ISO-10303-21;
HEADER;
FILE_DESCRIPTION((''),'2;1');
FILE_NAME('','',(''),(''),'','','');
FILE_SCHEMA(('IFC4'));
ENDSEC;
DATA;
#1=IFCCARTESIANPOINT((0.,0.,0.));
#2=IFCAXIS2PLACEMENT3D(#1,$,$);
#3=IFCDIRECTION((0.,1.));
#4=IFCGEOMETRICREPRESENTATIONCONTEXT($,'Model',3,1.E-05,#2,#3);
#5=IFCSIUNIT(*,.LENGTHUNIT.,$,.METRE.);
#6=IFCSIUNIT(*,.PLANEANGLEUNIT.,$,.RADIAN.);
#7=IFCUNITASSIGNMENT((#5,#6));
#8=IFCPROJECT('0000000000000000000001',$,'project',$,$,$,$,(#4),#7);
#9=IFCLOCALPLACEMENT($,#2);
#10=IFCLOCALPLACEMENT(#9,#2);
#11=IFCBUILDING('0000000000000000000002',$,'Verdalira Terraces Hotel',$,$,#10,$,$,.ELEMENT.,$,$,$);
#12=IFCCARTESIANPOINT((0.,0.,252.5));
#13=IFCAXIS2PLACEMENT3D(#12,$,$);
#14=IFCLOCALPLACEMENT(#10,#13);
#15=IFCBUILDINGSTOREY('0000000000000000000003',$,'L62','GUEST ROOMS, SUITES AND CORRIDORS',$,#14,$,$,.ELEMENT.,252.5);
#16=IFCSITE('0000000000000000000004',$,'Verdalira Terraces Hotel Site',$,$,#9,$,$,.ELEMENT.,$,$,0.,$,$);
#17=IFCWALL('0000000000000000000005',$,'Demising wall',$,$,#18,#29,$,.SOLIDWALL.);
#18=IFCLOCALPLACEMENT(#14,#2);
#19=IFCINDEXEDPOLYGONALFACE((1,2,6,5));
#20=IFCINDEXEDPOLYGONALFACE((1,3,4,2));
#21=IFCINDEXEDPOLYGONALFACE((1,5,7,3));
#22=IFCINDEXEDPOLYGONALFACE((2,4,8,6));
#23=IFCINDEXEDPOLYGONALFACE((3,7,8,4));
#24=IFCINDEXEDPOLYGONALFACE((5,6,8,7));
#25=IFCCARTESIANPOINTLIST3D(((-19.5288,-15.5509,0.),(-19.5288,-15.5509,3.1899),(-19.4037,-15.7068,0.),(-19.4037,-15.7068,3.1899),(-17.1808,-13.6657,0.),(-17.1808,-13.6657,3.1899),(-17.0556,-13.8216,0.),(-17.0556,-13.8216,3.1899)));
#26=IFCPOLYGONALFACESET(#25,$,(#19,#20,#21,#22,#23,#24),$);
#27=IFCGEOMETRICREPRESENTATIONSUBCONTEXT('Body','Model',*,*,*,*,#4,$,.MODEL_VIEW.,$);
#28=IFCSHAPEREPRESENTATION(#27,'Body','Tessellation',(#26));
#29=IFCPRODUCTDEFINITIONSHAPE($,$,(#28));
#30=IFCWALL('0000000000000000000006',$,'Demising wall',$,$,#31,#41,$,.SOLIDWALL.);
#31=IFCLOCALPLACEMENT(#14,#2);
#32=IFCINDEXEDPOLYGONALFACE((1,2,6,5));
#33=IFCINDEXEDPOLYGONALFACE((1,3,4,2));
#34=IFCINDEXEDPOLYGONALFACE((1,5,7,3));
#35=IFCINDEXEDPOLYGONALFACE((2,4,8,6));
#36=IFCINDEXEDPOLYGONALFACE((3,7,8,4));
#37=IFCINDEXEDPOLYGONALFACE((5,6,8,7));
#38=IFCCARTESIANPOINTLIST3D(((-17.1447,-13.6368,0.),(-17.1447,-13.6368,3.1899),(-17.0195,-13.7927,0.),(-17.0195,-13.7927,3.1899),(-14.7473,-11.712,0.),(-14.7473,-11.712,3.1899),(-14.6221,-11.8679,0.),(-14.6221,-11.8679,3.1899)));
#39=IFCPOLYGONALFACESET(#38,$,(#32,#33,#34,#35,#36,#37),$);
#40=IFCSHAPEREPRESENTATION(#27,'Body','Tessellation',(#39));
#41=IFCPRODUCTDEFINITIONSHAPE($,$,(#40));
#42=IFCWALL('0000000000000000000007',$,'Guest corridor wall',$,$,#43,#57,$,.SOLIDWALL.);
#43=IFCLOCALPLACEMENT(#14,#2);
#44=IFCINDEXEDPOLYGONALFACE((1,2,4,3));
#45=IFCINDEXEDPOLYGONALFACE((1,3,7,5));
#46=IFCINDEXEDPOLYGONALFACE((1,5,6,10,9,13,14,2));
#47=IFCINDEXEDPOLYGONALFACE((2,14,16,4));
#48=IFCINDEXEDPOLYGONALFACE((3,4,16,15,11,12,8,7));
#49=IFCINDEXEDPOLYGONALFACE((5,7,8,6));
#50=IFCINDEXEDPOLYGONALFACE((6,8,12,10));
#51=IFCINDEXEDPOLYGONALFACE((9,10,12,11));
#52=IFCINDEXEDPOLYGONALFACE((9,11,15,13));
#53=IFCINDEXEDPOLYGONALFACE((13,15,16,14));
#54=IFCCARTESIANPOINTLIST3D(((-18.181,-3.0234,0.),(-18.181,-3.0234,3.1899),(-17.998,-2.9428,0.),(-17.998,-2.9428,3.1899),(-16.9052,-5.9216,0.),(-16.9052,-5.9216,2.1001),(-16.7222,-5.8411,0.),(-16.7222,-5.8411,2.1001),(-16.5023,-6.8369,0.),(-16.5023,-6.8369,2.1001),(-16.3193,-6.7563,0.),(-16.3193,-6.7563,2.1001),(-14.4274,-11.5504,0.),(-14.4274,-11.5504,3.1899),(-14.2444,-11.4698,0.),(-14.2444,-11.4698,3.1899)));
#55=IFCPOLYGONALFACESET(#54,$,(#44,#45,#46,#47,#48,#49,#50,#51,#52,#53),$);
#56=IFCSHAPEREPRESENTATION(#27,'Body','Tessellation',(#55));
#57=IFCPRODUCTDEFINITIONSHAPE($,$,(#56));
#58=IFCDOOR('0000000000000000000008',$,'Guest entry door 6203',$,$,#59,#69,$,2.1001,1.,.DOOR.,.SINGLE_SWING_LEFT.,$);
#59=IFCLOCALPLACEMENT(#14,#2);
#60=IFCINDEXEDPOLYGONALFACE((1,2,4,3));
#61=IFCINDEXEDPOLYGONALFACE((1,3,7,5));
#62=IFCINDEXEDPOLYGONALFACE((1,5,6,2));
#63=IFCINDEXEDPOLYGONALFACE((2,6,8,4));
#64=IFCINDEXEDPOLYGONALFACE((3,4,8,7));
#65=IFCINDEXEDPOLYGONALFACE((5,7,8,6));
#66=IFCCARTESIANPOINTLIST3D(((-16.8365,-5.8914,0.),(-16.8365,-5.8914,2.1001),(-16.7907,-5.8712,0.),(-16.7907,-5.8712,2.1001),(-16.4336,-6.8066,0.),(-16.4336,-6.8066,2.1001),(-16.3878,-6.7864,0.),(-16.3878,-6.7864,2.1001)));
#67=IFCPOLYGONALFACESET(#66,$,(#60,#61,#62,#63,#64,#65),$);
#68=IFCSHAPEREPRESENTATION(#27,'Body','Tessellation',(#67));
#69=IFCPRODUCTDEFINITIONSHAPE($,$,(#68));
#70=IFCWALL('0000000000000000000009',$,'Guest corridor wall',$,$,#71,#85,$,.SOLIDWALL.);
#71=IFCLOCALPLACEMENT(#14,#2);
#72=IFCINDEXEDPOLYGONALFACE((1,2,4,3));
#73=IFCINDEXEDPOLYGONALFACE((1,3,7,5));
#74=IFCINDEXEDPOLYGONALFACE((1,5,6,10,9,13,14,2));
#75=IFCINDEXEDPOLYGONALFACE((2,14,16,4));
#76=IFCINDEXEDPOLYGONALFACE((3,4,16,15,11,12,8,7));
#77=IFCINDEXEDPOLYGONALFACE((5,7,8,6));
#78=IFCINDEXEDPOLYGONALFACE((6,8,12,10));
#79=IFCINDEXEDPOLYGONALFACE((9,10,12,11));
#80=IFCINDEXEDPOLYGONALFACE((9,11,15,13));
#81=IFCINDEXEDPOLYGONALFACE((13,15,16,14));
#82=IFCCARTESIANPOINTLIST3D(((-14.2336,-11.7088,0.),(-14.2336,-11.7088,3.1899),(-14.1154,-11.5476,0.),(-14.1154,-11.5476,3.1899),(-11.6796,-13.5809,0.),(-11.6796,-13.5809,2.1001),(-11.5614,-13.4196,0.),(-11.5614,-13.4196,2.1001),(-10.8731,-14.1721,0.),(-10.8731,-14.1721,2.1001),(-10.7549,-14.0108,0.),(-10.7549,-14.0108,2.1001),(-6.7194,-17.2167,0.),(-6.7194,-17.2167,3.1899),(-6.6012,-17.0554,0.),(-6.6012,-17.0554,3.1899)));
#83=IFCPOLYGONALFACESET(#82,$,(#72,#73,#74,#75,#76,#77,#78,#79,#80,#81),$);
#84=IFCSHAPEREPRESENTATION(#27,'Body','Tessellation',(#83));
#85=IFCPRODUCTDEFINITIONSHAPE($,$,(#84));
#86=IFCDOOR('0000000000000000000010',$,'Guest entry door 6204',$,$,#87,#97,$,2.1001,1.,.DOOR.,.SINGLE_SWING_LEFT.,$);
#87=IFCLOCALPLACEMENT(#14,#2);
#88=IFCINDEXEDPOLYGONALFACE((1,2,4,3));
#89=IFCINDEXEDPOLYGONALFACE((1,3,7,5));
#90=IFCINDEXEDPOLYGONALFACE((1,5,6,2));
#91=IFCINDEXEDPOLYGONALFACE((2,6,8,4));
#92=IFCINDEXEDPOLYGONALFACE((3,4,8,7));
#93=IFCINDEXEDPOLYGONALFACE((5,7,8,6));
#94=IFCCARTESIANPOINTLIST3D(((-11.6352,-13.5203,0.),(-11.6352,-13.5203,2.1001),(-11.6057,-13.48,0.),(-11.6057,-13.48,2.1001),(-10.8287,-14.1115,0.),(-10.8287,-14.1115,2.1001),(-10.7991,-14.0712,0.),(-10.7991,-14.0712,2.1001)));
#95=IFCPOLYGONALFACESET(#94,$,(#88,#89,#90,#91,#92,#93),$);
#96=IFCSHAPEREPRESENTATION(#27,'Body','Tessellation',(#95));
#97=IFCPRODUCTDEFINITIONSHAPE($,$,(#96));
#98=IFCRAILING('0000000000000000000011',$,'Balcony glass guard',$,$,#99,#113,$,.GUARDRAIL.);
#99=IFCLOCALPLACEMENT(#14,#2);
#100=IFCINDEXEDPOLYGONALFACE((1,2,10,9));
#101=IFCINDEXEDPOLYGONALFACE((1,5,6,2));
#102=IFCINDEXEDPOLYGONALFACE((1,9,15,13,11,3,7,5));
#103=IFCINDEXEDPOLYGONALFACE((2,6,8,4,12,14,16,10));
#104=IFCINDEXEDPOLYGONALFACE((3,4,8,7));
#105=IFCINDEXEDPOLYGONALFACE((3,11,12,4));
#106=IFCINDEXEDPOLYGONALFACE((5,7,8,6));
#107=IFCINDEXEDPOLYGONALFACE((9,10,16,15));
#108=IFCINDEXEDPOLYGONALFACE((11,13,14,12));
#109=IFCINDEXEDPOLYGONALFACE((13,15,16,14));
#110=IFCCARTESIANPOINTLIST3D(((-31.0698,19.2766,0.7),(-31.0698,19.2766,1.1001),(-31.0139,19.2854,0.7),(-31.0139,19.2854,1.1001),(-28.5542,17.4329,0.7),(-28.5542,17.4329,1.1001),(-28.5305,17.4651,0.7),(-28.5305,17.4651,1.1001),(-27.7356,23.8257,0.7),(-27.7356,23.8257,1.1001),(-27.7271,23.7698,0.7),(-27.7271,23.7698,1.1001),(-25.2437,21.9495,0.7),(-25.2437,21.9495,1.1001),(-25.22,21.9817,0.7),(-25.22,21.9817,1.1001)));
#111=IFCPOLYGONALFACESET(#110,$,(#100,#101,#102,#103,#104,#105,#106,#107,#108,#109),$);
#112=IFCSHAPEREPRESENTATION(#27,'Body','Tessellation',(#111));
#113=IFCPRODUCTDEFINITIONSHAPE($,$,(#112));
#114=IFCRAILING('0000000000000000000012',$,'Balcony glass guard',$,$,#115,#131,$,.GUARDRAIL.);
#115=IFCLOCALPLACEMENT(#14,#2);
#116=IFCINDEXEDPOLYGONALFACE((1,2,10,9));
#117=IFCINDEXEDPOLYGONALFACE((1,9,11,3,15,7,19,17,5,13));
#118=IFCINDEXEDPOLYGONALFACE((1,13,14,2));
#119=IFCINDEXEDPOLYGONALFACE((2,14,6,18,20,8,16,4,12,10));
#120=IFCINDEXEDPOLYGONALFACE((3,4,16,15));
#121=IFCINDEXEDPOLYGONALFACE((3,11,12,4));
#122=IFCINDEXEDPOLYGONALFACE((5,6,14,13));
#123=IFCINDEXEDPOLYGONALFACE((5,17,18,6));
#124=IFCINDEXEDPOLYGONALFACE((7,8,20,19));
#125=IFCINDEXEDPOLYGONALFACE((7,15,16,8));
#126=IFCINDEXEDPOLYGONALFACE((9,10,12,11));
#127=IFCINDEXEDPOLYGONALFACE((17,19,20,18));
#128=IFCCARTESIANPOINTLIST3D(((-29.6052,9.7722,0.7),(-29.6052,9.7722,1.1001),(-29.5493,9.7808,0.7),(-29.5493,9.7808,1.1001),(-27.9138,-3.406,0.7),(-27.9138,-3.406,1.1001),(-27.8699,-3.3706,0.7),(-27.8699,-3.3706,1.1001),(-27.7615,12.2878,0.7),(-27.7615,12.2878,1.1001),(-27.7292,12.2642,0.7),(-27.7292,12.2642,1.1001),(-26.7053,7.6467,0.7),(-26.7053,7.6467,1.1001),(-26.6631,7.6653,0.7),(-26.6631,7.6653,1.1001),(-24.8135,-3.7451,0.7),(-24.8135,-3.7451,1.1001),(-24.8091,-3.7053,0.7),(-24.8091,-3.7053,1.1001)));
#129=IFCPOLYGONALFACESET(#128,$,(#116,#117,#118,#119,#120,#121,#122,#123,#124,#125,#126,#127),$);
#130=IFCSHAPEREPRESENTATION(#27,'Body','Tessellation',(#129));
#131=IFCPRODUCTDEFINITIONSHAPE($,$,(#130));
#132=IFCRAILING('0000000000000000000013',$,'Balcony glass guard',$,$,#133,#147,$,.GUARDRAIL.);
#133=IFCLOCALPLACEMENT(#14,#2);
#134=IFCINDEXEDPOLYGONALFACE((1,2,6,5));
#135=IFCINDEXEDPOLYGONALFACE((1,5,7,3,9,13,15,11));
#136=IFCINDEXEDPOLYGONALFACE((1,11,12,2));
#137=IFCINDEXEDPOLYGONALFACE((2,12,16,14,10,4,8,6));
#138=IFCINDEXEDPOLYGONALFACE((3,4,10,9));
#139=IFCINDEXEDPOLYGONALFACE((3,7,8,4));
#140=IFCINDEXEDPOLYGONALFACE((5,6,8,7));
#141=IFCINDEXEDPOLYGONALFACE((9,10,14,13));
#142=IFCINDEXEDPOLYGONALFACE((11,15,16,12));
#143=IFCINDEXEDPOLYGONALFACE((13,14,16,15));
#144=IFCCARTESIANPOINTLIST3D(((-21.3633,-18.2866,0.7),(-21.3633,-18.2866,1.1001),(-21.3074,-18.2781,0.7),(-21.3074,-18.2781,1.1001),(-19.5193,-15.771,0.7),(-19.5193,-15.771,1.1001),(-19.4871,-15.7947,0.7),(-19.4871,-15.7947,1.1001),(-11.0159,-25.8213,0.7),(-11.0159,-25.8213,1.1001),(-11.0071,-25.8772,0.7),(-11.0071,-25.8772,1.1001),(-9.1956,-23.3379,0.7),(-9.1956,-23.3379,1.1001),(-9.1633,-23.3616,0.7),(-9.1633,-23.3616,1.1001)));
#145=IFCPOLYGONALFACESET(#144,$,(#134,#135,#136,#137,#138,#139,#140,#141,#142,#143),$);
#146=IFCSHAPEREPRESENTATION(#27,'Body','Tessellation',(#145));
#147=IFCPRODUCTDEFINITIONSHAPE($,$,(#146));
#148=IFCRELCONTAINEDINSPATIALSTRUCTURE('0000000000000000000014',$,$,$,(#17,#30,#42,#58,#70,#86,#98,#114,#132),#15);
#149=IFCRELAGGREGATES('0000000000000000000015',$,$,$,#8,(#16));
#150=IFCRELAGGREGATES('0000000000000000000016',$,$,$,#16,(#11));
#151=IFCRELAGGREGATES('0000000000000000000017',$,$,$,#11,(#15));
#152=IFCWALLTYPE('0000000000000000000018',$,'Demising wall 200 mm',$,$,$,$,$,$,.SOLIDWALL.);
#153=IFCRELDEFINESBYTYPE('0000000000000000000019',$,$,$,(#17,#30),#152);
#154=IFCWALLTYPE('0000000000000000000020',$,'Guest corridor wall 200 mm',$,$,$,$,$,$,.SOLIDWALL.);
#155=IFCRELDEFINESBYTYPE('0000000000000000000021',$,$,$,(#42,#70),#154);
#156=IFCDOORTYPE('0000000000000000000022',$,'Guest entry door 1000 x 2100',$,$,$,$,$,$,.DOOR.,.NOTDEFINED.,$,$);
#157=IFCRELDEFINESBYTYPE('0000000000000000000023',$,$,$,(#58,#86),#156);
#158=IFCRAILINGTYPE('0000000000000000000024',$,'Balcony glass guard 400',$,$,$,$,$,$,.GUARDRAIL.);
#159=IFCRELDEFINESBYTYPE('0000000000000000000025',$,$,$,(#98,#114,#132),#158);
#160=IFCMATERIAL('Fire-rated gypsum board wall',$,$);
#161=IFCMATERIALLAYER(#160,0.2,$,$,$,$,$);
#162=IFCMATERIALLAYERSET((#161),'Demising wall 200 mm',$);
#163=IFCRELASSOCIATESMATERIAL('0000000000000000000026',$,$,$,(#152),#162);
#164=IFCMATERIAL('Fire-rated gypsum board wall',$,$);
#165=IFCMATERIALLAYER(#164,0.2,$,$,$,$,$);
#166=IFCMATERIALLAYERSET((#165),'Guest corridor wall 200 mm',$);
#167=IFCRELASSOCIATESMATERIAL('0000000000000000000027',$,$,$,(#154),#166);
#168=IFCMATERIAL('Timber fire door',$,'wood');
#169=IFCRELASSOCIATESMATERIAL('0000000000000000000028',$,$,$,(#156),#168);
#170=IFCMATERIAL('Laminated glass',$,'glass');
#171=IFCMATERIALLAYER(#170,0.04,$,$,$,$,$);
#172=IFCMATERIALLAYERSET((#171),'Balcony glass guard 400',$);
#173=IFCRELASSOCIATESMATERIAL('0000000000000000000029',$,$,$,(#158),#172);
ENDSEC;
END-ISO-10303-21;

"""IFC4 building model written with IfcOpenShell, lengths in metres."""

from ifc_helpers import new_model, si_unit, direction, frame, frame_2d, origin, place, context, subcontext, project, spatial, polyline, rectangle, outline, extrude, material, layer, layer_set, type_object, element, fill, save


model = new_model("IFC4")

# Units and contexts
model_context = context("Model", 3, precision=1e-05, world=origin(), true_north=direction((0.0, 1.0)))
body_context = subcontext(model_context, "Body", "Model", "MODEL_VIEW")
ifc_project = project(units=[si_unit("LENGTHUNIT", "METRE"), si_unit("PLANEANGLEUNIT", "RADIAN")], contexts=[model_context])

# Site, building, storey
site_placement = place(None, origin())
site = spatial("IfcSite", under=ifc_project, at=site_placement, Name="Verdalira Terraces Hotel Site", CompositionType="ELEMENT", RefElevation=0.0)
building_placement = place(site_placement, origin())
building = spatial("IfcBuilding", under=site, at=building_placement, Name="Verdalira Terraces Hotel", CompositionType="ELEMENT")
storey_placement = place(building_placement, frame((0.0, 0.0, 252.5)))
storey = spatial("IfcBuildingStorey", under=building, at=storey_placement, Name="L62", Description="GUEST ROOMS, SUITES AND CORRIDORS", CompositionType="ELEMENT", Elevation=252.5)

# Walls
ifc_material_1 = material(Name="Fire-rated gypsum board wall")
ifc_layer_1 = layer(ifc_material_1, 0.2)
ifc_layer_set_1 = layer_set([ifc_layer_1], Name="Demising wall 200 mm")
wall_type_1 = type_object("IfcWallType", Name="Demising wall 200 mm", PredefinedType="SOLIDWALL", material=ifc_layer_set_1)
wall_1_placement = place(storey_placement, frame((-17.1182, -13.7437, 0.0), z_axis=(0.0, 0.0, 1.0), x_axis=(-0.779776, -0.626059, 0.0)))
element("IfcWall", 1, at=wall_1_placement, inside=storey, type_object=wall_type_1, Name="Demising wall", PredefinedType="SOLIDWALL", context=body_context, shape_type="SweptSolid", body=[
    extrude(rectangle(XDim=3.0112, YDim=0.2, at=frame_2d((1.5056, 0.0))), origin(), (0.0, 0.0, 1.0), 3.1899),
])
wall_2_placement = place(storey_placement, frame((-14.6848, -11.79, 0.0), z_axis=(0.0, 0.0, 1.0), x_axis=(-0.779783, -0.62605, 0.0)))
element("IfcWall", 2, at=wall_2_placement, inside=storey, type_object=wall_type_1, Name="Demising wall", PredefinedType="SOLIDWALL", context=body_context, shape_type="SweptSolid", body=[
    extrude(rectangle(XDim=3.0745, YDim=0.2, at=frame_2d((1.5371, 0.0))), origin(), (0.0, 0.0, 1.0), 3.1899),
])

# Walls, openings, doors
ifc_material_2 = material(Name="Fire-rated gypsum board wall")
ifc_layer_2 = layer(ifc_material_2, 0.2)
ifc_layer_set_2 = layer_set([ifc_layer_2], Name="Guest corridor wall 200 mm")
wall_type_2 = type_object("IfcWallType", Name="Guest corridor wall 200 mm", PredefinedType="SOLIDWALL", material=ifc_layer_set_2)
wall_3_placement = place(storey_placement, frame((-14.3359, -11.51, 0.0), z_axis=(0.0, 0.0, 1.0), x_axis=(-0.402895, 0.915246, 0.0)))
wall_3 = element("IfcWall", 3, at=wall_3_placement, inside=storey, type_object=wall_type_2, Name="Guest corridor wall", PredefinedType="SOLIDWALL", context=body_context, shape_type="SweptSolid", body=[
    extrude(rectangle(XDim=9.3166, YDim=0.2, at=frame_2d((4.6582, 0.0))), origin(), (0.0, 0.0, 1.0), 3.1899),
])
opening_1_placement = place(wall_3_placement, frame((5.1499, 0.0, 0.0)))
opening_1 = element("IfcOpeningElement", 4, at=opening_1_placement, cuts=wall_3, PredefinedType="OPENING", context=body_context, shape_type="SweptSolid", body=[
    extrude(rectangle(XDim=1.0, YDim=2.1001, at=frame_2d((0.5, 1.05))), frame((0.0, 0.1099, 0.0), z_axis=(0.0, -1.0, 0.0), x_axis=(1.0, 0.0, 0.0)), (0.0, 0.0, 1.0), 0.22),
])
ifc_material_3 = material(Name="Timber fire door", Category="wood")
door_type_1 = type_object("IfcDoorType", Name="Guest entry door 1000 x 2100", OperationType="NOTDEFINED", PredefinedType="DOOR", material=ifc_material_3)
door_1_placement = place(opening_1_placement, origin())
door_1 = element("IfcDoor", 5, at=door_1_placement, inside=storey, type_object=door_type_1, Name="Guest entry door 6203", OperationType="SINGLE_SWING_LEFT", OverallHeight=2.1001, OverallWidth=1.0, PredefinedType="DOOR", context=body_context, shape_type="SweptSolid", body=[
    extrude(rectangle(XDim=1.0, YDim=2.1001, at=frame_2d((0.5, 1.05))), frame((0.0, 0.0249, 0.0), z_axis=(0.0, -1.0, 0.0), x_axis=(1.0, 0.0, 0.0)), (0.0, 0.0, 1.0), 0.05),
])
fill(opening_1, door_1)
wall_4_placement = place(storey_placement, frame((-6.6604, -17.136, 0.0), z_axis=(0.0, 0.0, 1.0), x_axis=(-0.806537, 0.591184, 0.0)))
wall_4 = element("IfcWall", 6, at=wall_4_placement, inside=storey, type_object=wall_type_2, Name="Guest corridor wall", PredefinedType="SOLIDWALL", context=body_context, shape_type="SweptSolid", body=[
    extrude(rectangle(XDim=9.3166, YDim=0.2, at=frame_2d((4.6582, 0.0))), origin(), (0.0, 0.0, 1.0), 3.1899),
])
opening_2_placement = place(wall_4_placement, frame((5.1499, 0.0, 0.0)))
opening_2 = element("IfcOpeningElement", 7, at=opening_2_placement, cuts=wall_4, PredefinedType="OPENING", context=body_context, shape_type="SweptSolid", body=[
    extrude(rectangle(XDim=1.0, YDim=2.1001, at=frame_2d((0.5, 1.05))), frame((0.0, 0.1099, 0.0), z_axis=(0.0, -1.0, 0.0), x_axis=(1.0, 0.0, 0.0)), (0.0, 0.0, 1.0), 0.22),
])
door_2_placement = place(opening_2_placement, origin())
door_2 = element("IfcDoor", 8, at=door_2_placement, inside=storey, type_object=door_type_1, Name="Guest entry door 6204", OperationType="SINGLE_SWING_LEFT", OverallHeight=2.1001, OverallWidth=1.0, PredefinedType="DOOR", context=body_context, shape_type="SweptSolid", body=[
    extrude(rectangle(XDim=1.0, YDim=2.1001, at=frame_2d((0.5, 1.05))), frame((0.0, 0.0249, 0.0), z_axis=(0.0, -1.0, 0.0), x_axis=(1.0, 0.0, 0.0)), (0.0, 0.0, 1.0), 0.05),
])
fill(opening_2, door_2)

# Railings
ifc_material_4 = material(Name="Laminated glass", Category="glass")
ifc_layer_3 = layer(ifc_material_4, 0.04)
ifc_layer_set_3 = layer_set([ifc_layer_3], Name="Balcony glass guard 400")
railing_type_1 = type_object("IfcRailingType", Name="Balcony glass guard 400", PredefinedType="GUARDRAIL", material=ifc_layer_set_3)
railing_1_placement = place(storey_placement, frame((0.0, 0.0, 0.7)))
element("IfcRailing", 9, at=railing_1_placement, inside=storey, type_object=railing_type_1, Name="Balcony glass guard", PredefinedType="GUARDRAIL", context=body_context, shape_type="SweptSolid", body=[
    extrude(outline(polyline([(-27.7271, 23.7698), (-31.0139, 19.2854), (-28.5305, 17.4651), (-28.5542, 17.4329), (-31.0698, 19.2766), (-27.7356, 23.8257), (-25.22, 21.9817), (-25.2437, 21.9495), (-27.7271, 23.7698)])), origin(), (0.0, 0.0, 1.0), 0.4001),
])
railing_2_placement = place(storey_placement, frame((0.0, 0.0, 0.7)))
element("IfcRailing", 10, at=railing_2_placement, inside=storey, type_object=railing_type_1, Name="Balcony glass guard", PredefinedType="GUARDRAIL", context=body_context, shape_type="SweptSolid", body=[
    extrude(outline(polyline([(-29.5493, 9.7808), (-26.6631, 7.6653), (-27.8699, -3.3706), (-24.8091, -3.7053), (-24.8135, -3.7451), (-27.9138, -3.406), (-26.7053, 7.6467), (-29.6052, 9.7722), (-27.7615, 12.2878), (-27.7292, 12.2642), (-29.5493, 9.7808)])), origin(), (0.0, 0.0, 1.0), 0.4001),
])
railing_3_placement = place(storey_placement, frame((0.0, 0.0, 0.7)))
element("IfcRailing", 11, at=railing_3_placement, inside=storey, type_object=railing_type_1, Name="Balcony glass guard", PredefinedType="GUARDRAIL", context=body_context, shape_type="SweptSolid", body=[
    extrude(outline(polyline([(-21.3074, -18.2781), (-11.0159, -25.8213), (-9.1956, -23.3379), (-9.1633, -23.3616), (-11.0071, -25.8772), (-21.3633, -18.2866), (-19.5193, -15.771), (-19.4871, -15.7947), (-21.3074, -18.2781)])), origin(), (0.0, 0.0, 1.0), 0.4001),
])

save(model, "model.ifc")
